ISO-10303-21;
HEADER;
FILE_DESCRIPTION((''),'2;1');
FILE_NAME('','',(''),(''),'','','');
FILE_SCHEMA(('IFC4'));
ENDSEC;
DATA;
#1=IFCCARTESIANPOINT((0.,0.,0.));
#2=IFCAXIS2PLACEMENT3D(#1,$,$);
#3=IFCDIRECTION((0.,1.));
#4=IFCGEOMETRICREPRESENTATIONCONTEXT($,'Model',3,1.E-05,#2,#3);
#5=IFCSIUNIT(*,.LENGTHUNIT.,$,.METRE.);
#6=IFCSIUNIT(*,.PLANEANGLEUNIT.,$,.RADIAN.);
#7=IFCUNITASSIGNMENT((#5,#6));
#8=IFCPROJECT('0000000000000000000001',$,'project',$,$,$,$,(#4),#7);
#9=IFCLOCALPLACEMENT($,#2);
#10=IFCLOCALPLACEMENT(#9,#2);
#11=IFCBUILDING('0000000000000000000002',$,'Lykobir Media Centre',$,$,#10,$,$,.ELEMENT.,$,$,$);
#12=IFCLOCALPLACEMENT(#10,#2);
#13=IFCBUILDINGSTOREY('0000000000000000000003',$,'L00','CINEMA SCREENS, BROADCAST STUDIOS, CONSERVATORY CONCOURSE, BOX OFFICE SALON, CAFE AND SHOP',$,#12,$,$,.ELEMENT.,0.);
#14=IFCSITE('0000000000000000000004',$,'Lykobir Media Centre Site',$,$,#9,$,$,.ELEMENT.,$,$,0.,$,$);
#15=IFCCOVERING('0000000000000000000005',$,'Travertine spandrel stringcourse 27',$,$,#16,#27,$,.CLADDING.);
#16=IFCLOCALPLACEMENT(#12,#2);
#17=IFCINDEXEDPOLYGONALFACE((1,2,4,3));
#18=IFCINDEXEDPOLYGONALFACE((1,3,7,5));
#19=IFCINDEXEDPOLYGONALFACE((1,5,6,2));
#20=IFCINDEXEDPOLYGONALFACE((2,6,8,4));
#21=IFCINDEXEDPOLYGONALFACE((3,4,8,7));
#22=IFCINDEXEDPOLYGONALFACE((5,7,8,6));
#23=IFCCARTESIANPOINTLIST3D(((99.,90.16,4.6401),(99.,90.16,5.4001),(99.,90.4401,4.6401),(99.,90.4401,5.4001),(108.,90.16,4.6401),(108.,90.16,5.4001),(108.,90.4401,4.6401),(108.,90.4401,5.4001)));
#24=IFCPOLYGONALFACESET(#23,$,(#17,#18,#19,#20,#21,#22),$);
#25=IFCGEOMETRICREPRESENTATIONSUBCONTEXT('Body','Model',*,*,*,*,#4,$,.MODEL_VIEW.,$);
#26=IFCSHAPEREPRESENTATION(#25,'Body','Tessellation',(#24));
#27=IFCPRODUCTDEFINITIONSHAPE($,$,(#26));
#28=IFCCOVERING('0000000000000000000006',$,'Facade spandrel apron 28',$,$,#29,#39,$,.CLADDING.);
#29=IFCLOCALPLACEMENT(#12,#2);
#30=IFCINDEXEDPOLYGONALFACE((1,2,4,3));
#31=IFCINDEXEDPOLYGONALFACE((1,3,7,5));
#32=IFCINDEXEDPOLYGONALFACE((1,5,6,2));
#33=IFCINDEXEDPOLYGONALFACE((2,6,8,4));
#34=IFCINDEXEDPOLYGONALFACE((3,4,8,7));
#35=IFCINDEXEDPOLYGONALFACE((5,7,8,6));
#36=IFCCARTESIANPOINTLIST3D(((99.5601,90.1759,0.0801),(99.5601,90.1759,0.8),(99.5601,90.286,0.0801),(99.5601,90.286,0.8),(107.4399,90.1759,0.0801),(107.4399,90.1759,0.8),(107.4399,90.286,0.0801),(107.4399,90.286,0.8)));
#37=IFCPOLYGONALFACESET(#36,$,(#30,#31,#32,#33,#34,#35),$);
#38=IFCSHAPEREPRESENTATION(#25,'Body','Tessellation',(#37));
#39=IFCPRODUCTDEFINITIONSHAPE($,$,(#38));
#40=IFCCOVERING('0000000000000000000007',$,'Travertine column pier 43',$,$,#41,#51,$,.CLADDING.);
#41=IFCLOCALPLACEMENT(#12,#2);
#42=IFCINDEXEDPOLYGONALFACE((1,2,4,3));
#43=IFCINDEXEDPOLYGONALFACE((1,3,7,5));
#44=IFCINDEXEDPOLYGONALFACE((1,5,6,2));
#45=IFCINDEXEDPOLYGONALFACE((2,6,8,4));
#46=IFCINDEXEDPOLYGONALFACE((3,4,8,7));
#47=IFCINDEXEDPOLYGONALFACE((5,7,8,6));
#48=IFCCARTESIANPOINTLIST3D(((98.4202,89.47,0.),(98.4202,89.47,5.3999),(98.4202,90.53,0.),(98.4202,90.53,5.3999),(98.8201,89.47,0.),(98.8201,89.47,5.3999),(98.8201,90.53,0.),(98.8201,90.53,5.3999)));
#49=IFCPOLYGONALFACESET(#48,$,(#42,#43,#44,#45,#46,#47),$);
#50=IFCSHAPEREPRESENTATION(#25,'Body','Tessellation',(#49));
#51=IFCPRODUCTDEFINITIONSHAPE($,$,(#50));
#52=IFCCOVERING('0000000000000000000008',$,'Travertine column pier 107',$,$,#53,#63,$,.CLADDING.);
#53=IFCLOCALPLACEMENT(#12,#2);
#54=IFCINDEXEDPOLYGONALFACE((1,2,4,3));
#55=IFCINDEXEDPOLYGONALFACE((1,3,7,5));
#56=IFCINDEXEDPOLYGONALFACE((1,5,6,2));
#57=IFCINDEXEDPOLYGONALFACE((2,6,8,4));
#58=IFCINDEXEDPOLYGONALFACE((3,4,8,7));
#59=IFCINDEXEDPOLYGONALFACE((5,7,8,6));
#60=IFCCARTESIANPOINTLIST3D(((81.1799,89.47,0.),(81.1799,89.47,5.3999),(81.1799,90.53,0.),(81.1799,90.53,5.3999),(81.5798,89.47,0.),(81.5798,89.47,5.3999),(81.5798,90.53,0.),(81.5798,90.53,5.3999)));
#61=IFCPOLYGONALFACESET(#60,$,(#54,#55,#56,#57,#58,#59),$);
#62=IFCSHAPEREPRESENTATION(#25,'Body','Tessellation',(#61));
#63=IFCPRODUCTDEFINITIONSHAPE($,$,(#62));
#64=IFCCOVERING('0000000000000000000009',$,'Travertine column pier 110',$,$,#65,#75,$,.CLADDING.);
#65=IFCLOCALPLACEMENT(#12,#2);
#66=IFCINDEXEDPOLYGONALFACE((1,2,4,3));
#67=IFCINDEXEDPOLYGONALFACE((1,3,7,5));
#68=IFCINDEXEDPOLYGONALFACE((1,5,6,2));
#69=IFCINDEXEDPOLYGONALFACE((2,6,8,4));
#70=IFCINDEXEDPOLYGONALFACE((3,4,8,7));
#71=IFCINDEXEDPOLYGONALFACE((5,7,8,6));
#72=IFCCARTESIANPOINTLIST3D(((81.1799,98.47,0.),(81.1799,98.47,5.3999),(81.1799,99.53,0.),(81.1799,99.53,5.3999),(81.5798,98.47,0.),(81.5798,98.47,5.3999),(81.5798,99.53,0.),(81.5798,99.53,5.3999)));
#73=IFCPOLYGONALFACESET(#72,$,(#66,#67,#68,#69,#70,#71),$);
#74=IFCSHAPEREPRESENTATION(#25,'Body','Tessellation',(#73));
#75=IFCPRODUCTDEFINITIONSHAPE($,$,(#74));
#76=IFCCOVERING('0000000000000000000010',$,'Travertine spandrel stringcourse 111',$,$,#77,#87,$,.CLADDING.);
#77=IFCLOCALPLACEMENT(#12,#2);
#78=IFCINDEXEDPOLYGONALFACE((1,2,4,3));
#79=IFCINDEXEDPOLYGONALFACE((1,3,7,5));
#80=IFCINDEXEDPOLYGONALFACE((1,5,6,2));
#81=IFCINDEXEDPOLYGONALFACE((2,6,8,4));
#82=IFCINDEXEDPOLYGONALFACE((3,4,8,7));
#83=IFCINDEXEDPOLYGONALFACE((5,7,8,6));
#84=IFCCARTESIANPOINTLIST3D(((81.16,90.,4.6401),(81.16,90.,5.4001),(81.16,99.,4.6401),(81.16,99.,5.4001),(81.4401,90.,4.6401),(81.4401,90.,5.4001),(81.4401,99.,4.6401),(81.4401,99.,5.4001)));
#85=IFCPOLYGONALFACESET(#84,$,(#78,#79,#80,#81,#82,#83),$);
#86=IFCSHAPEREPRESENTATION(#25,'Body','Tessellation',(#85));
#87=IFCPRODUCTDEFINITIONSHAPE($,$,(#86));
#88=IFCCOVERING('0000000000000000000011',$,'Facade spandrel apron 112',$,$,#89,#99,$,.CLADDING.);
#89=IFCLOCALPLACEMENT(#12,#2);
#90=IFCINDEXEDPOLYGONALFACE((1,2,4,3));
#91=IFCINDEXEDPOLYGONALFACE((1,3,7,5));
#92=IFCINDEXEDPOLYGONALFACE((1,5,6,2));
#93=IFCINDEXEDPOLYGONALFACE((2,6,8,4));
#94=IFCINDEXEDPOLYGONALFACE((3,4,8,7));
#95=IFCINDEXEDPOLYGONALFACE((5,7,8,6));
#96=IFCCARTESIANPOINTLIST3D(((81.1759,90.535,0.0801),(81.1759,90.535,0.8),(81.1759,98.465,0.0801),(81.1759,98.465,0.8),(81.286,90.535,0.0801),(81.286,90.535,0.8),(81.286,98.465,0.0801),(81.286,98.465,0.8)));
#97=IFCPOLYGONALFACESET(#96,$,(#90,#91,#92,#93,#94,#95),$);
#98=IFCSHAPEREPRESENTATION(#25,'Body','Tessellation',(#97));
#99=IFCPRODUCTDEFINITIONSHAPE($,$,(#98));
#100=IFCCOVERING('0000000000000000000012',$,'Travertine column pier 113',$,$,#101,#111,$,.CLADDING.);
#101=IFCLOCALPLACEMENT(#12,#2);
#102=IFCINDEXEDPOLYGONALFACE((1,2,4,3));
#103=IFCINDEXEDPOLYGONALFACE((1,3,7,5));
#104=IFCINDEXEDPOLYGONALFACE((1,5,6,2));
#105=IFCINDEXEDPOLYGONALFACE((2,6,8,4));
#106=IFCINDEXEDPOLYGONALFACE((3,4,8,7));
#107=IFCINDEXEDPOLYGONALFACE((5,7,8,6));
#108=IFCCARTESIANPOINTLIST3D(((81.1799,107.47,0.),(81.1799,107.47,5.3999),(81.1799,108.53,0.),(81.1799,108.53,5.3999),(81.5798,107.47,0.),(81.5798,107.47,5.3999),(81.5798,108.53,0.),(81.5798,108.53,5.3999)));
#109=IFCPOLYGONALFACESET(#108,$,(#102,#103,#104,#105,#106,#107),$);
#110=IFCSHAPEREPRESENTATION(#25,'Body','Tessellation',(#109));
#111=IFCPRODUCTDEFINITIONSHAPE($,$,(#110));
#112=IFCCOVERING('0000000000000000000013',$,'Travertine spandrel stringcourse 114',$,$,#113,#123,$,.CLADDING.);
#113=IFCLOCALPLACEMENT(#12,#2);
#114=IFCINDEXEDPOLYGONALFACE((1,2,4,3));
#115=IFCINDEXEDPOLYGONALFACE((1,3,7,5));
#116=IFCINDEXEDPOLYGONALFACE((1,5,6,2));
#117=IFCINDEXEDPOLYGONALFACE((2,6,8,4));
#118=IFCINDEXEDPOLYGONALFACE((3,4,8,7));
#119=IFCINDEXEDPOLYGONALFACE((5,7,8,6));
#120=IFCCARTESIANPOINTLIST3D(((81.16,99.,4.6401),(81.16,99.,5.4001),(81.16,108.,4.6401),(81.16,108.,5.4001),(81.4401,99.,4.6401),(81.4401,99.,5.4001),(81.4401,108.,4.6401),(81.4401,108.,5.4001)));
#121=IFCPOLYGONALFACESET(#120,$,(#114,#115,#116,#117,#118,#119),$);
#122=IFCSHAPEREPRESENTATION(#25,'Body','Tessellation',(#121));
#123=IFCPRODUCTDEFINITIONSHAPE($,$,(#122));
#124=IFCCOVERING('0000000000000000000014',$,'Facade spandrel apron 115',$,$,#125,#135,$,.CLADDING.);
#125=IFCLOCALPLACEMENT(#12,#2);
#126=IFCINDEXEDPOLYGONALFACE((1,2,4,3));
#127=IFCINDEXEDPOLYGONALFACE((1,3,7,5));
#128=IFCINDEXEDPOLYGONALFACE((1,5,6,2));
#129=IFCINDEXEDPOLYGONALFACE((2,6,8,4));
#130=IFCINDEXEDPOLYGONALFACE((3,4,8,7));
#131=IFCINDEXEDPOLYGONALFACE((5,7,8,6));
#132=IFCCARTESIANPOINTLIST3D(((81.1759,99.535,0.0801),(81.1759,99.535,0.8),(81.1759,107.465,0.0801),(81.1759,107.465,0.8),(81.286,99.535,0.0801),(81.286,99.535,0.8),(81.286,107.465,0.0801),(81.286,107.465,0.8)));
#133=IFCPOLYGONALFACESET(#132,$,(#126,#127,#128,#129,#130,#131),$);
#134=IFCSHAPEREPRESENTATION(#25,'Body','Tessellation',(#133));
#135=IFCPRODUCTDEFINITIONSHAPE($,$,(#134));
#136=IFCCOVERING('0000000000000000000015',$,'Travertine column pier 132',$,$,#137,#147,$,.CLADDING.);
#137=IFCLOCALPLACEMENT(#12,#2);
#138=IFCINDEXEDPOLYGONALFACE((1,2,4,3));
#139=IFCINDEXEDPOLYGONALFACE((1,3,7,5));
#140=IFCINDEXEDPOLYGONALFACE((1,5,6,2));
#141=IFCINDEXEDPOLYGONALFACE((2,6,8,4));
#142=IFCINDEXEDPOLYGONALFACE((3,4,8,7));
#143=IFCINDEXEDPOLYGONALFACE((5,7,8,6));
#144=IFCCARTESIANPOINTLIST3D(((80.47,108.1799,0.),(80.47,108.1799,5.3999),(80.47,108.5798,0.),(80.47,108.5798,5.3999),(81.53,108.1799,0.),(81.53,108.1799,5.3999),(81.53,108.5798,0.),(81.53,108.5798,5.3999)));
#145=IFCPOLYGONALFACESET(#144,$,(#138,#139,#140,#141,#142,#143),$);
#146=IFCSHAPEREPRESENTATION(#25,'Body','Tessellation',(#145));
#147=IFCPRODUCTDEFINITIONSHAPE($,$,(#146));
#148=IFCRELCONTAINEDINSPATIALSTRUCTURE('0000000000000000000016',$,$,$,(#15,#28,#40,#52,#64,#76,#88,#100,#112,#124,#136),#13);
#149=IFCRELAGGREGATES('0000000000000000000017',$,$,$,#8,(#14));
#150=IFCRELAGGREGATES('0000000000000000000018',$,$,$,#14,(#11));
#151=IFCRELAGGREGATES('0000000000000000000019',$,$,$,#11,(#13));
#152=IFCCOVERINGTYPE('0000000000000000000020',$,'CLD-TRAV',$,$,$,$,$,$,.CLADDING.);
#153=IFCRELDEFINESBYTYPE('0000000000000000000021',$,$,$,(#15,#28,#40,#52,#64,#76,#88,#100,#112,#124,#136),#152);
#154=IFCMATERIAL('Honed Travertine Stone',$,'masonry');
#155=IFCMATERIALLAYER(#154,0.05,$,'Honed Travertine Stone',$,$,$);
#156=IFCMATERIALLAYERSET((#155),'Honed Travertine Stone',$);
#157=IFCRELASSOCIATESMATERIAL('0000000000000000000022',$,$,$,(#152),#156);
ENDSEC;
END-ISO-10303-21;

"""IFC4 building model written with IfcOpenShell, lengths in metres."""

from ifc_helpers import new_model, si_unit, direction, frame, origin, origin_2d, place, context, subcontext, project, spatial, rectangle, extrude, material, layer, layer_set, type_object, element, save


model = new_model("IFC4")

# Units and contexts
model_context = context("Model", 3, precision=1e-05, world=origin(), true_north=direction((0.0, 1.0)))
body_context = subcontext(model_context, "Body", "Model", "MODEL_VIEW")
ifc_project = project(units=[si_unit("LENGTHUNIT", "METRE"), si_unit("PLANEANGLEUNIT", "RADIAN")], contexts=[model_context])

# Site, building, storey
site_placement = place(None, origin())
site = spatial("IfcSite", under=ifc_project, at=site_placement, Name="Lykobir Media Centre Site", CompositionType="ELEMENT", RefElevation=0.0)
building_placement = place(site_placement, origin())
building = spatial("IfcBuilding", under=site, at=building_placement, Name="Lykobir Media Centre", CompositionType="ELEMENT")
storey_placement = place(building_placement, origin())
storey = spatial("IfcBuildingStorey", under=building, at=storey_placement, Name="L00", Description="CINEMA SCREENS, BROADCAST STUDIOS, CONSERVATORY CONCOURSE, BOX OFFICE SALON, CAFE AND SHOP", CompositionType="ELEMENT", Elevation=0.0)

# Shared definitions
ifc_material_1 = material(Name="Honed Travertine Stone", Category="masonry")

# Coverings
ifc_layer_1 = layer(ifc_material_1, 0.05, Name="Honed Travertine Stone")
ifc_layer_set_1 = layer_set([ifc_layer_1], Name="Honed Travertine Stone")
covering_type = type_object("IfcCoveringType", Name="CLD-TRAV", PredefinedType="CLADDING", material=ifc_layer_set_1)
covering_1_placement = place(storey_placement, frame((103.5, 90.3, 4.6401), z_axis=(0.0, 0.0, 1.0), x_axis=(-1.0, 0.0, 0.0)))
element("IfcCovering", 1, at=covering_1_placement, inside=storey, type_object=covering_type, Name="Travertine spandrel stringcourse 27", PredefinedType="CLADDING", context=body_context, shape_type="SweptSolid", body=[
    extrude(rectangle(XDim=9.0, YDim=0.28, at=origin_2d()), origin(), (0.0, 0.0, 1.0), 0.76),
])
covering_2_placement = place(storey_placement, frame((103.5, 90.231, 0.0801), z_axis=(0.0, 0.0, 1.0), x_axis=(-1.0, 0.0, 0.0)))
element("IfcCovering", 2, at=covering_2_placement, inside=storey, type_object=covering_type, Name="Facade spandrel apron 28", PredefinedType="CLADDING", context=body_context, shape_type="SweptSolid", body=[
    extrude(rectangle(XDim=7.8799, YDim=0.1101, at=origin_2d()), origin(), (0.0, 0.0, 1.0), 0.72),
])
for number, where, z_axis, x_axis, name in (
    (3, (98.6201, 90.0, 0.0), (0.0, 0.0, 1.0), (0.0, -1.0, 0.0), "Travertine column pier 43"),
    (4, (81.3799, 90.0, 0.0), (0.0, 0.0, 1.0), (0.0, 1.0, 0.0), "Travertine column pier 107"),
    (5, (81.3799, 99.0, 0.0), (0.0, 0.0, 1.0), (0.0, 1.0, 0.0), "Travertine column pier 110"),
):
    element("IfcCovering", number, at=place(storey_placement, frame(where, z_axis=z_axis, x_axis=x_axis)), inside=storey, type_object=covering_type, Name=name, PredefinedType="CLADDING", context=body_context, shape_type="SweptSolid", body=[
        extrude(rectangle(XDim=1.0601, YDim=0.3999, at=origin_2d()), origin(), (0.0, 0.0, 1.0), 5.3999),
    ])
covering_3_placement = place(storey_placement, frame((81.3, 94.5, 4.6401), z_axis=(0.0, 0.0, 1.0), x_axis=(0.0, 1.0, 0.0)))
element("IfcCovering", 6, at=covering_3_placement, inside=storey, type_object=covering_type, Name="Travertine spandrel stringcourse 111", PredefinedType="CLADDING", context=body_context, shape_type="SweptSolid", body=[
    extrude(rectangle(XDim=9.0, YDim=0.28, at=origin_2d()), origin(), (0.0, 0.0, 1.0), 0.76),
])
covering_4_placement = place(storey_placement, frame((81.231, 94.5, 0.0801), z_axis=(0.0, 0.0, 1.0), x_axis=(0.0, 1.0, 0.0)))
element("IfcCovering", 7, at=covering_4_placement, inside=storey, type_object=covering_type, Name="Facade spandrel apron 112", PredefinedType="CLADDING", context=body_context, shape_type="SweptSolid", body=[
    extrude(rectangle(XDim=7.9299, YDim=0.1101, at=origin_2d()), origin(), (0.0, 0.0, 1.0), 0.72),
])
covering_5_placement = place(storey_placement, frame((81.3799, 108.0, 0.0), z_axis=(0.0, 0.0, 1.0), x_axis=(0.0, 1.0, 0.0)))
element("IfcCovering", 8, at=covering_5_placement, inside=storey, type_object=covering_type, Name="Travertine column pier 113", PredefinedType="CLADDING", context=body_context, shape_type="SweptSolid", body=[
    extrude(rectangle(XDim=1.0601, YDim=0.3999, at=origin_2d()), origin(), (0.0, 0.0, 1.0), 5.3999),
])
covering_6_placement = place(storey_placement, frame((81.3, 103.5, 4.6401), z_axis=(0.0, 0.0, 1.0), x_axis=(0.0, 1.0, 0.0)))
element("IfcCovering", 9, at=covering_6_placement, inside=storey, type_object=covering_type, Name="Travertine spandrel stringcourse 114", PredefinedType="CLADDING", context=body_context, shape_type="SweptSolid", body=[
    extrude(rectangle(XDim=9.0, YDim=0.28, at=origin_2d()), origin(), (0.0, 0.0, 1.0), 0.76),
])
covering_7_placement = place(storey_placement, frame((81.231, 103.5, 0.0801), z_axis=(0.0, 0.0, 1.0), x_axis=(0.0, 1.0, 0.0)))
element("IfcCovering", 10, at=covering_7_placement, inside=storey, type_object=covering_type, Name="Facade spandrel apron 115", PredefinedType="CLADDING", context=body_context, shape_type="SweptSolid", body=[
    extrude(rectangle(XDim=7.9299, YDim=0.1101, at=origin_2d()), origin(), (0.0, 0.0, 1.0), 0.72),
])
covering_8_placement = place(storey_placement, frame((81.0, 108.3799, 0.0), z_axis=(0.0, 0.0, 1.0), x_axis=(-1.0, 0.0, 0.0)))
element("IfcCovering", 11, at=covering_8_placement, inside=storey, type_object=covering_type, Name="Travertine column pier 132", PredefinedType="CLADDING", context=body_context, shape_type="SweptSolid", body=[
    extrude(rectangle(XDim=1.0601, YDim=0.3999, at=origin_2d()), origin(), (0.0, 0.0, 1.0), 5.3999),
])

save(model, "model.ifc")
